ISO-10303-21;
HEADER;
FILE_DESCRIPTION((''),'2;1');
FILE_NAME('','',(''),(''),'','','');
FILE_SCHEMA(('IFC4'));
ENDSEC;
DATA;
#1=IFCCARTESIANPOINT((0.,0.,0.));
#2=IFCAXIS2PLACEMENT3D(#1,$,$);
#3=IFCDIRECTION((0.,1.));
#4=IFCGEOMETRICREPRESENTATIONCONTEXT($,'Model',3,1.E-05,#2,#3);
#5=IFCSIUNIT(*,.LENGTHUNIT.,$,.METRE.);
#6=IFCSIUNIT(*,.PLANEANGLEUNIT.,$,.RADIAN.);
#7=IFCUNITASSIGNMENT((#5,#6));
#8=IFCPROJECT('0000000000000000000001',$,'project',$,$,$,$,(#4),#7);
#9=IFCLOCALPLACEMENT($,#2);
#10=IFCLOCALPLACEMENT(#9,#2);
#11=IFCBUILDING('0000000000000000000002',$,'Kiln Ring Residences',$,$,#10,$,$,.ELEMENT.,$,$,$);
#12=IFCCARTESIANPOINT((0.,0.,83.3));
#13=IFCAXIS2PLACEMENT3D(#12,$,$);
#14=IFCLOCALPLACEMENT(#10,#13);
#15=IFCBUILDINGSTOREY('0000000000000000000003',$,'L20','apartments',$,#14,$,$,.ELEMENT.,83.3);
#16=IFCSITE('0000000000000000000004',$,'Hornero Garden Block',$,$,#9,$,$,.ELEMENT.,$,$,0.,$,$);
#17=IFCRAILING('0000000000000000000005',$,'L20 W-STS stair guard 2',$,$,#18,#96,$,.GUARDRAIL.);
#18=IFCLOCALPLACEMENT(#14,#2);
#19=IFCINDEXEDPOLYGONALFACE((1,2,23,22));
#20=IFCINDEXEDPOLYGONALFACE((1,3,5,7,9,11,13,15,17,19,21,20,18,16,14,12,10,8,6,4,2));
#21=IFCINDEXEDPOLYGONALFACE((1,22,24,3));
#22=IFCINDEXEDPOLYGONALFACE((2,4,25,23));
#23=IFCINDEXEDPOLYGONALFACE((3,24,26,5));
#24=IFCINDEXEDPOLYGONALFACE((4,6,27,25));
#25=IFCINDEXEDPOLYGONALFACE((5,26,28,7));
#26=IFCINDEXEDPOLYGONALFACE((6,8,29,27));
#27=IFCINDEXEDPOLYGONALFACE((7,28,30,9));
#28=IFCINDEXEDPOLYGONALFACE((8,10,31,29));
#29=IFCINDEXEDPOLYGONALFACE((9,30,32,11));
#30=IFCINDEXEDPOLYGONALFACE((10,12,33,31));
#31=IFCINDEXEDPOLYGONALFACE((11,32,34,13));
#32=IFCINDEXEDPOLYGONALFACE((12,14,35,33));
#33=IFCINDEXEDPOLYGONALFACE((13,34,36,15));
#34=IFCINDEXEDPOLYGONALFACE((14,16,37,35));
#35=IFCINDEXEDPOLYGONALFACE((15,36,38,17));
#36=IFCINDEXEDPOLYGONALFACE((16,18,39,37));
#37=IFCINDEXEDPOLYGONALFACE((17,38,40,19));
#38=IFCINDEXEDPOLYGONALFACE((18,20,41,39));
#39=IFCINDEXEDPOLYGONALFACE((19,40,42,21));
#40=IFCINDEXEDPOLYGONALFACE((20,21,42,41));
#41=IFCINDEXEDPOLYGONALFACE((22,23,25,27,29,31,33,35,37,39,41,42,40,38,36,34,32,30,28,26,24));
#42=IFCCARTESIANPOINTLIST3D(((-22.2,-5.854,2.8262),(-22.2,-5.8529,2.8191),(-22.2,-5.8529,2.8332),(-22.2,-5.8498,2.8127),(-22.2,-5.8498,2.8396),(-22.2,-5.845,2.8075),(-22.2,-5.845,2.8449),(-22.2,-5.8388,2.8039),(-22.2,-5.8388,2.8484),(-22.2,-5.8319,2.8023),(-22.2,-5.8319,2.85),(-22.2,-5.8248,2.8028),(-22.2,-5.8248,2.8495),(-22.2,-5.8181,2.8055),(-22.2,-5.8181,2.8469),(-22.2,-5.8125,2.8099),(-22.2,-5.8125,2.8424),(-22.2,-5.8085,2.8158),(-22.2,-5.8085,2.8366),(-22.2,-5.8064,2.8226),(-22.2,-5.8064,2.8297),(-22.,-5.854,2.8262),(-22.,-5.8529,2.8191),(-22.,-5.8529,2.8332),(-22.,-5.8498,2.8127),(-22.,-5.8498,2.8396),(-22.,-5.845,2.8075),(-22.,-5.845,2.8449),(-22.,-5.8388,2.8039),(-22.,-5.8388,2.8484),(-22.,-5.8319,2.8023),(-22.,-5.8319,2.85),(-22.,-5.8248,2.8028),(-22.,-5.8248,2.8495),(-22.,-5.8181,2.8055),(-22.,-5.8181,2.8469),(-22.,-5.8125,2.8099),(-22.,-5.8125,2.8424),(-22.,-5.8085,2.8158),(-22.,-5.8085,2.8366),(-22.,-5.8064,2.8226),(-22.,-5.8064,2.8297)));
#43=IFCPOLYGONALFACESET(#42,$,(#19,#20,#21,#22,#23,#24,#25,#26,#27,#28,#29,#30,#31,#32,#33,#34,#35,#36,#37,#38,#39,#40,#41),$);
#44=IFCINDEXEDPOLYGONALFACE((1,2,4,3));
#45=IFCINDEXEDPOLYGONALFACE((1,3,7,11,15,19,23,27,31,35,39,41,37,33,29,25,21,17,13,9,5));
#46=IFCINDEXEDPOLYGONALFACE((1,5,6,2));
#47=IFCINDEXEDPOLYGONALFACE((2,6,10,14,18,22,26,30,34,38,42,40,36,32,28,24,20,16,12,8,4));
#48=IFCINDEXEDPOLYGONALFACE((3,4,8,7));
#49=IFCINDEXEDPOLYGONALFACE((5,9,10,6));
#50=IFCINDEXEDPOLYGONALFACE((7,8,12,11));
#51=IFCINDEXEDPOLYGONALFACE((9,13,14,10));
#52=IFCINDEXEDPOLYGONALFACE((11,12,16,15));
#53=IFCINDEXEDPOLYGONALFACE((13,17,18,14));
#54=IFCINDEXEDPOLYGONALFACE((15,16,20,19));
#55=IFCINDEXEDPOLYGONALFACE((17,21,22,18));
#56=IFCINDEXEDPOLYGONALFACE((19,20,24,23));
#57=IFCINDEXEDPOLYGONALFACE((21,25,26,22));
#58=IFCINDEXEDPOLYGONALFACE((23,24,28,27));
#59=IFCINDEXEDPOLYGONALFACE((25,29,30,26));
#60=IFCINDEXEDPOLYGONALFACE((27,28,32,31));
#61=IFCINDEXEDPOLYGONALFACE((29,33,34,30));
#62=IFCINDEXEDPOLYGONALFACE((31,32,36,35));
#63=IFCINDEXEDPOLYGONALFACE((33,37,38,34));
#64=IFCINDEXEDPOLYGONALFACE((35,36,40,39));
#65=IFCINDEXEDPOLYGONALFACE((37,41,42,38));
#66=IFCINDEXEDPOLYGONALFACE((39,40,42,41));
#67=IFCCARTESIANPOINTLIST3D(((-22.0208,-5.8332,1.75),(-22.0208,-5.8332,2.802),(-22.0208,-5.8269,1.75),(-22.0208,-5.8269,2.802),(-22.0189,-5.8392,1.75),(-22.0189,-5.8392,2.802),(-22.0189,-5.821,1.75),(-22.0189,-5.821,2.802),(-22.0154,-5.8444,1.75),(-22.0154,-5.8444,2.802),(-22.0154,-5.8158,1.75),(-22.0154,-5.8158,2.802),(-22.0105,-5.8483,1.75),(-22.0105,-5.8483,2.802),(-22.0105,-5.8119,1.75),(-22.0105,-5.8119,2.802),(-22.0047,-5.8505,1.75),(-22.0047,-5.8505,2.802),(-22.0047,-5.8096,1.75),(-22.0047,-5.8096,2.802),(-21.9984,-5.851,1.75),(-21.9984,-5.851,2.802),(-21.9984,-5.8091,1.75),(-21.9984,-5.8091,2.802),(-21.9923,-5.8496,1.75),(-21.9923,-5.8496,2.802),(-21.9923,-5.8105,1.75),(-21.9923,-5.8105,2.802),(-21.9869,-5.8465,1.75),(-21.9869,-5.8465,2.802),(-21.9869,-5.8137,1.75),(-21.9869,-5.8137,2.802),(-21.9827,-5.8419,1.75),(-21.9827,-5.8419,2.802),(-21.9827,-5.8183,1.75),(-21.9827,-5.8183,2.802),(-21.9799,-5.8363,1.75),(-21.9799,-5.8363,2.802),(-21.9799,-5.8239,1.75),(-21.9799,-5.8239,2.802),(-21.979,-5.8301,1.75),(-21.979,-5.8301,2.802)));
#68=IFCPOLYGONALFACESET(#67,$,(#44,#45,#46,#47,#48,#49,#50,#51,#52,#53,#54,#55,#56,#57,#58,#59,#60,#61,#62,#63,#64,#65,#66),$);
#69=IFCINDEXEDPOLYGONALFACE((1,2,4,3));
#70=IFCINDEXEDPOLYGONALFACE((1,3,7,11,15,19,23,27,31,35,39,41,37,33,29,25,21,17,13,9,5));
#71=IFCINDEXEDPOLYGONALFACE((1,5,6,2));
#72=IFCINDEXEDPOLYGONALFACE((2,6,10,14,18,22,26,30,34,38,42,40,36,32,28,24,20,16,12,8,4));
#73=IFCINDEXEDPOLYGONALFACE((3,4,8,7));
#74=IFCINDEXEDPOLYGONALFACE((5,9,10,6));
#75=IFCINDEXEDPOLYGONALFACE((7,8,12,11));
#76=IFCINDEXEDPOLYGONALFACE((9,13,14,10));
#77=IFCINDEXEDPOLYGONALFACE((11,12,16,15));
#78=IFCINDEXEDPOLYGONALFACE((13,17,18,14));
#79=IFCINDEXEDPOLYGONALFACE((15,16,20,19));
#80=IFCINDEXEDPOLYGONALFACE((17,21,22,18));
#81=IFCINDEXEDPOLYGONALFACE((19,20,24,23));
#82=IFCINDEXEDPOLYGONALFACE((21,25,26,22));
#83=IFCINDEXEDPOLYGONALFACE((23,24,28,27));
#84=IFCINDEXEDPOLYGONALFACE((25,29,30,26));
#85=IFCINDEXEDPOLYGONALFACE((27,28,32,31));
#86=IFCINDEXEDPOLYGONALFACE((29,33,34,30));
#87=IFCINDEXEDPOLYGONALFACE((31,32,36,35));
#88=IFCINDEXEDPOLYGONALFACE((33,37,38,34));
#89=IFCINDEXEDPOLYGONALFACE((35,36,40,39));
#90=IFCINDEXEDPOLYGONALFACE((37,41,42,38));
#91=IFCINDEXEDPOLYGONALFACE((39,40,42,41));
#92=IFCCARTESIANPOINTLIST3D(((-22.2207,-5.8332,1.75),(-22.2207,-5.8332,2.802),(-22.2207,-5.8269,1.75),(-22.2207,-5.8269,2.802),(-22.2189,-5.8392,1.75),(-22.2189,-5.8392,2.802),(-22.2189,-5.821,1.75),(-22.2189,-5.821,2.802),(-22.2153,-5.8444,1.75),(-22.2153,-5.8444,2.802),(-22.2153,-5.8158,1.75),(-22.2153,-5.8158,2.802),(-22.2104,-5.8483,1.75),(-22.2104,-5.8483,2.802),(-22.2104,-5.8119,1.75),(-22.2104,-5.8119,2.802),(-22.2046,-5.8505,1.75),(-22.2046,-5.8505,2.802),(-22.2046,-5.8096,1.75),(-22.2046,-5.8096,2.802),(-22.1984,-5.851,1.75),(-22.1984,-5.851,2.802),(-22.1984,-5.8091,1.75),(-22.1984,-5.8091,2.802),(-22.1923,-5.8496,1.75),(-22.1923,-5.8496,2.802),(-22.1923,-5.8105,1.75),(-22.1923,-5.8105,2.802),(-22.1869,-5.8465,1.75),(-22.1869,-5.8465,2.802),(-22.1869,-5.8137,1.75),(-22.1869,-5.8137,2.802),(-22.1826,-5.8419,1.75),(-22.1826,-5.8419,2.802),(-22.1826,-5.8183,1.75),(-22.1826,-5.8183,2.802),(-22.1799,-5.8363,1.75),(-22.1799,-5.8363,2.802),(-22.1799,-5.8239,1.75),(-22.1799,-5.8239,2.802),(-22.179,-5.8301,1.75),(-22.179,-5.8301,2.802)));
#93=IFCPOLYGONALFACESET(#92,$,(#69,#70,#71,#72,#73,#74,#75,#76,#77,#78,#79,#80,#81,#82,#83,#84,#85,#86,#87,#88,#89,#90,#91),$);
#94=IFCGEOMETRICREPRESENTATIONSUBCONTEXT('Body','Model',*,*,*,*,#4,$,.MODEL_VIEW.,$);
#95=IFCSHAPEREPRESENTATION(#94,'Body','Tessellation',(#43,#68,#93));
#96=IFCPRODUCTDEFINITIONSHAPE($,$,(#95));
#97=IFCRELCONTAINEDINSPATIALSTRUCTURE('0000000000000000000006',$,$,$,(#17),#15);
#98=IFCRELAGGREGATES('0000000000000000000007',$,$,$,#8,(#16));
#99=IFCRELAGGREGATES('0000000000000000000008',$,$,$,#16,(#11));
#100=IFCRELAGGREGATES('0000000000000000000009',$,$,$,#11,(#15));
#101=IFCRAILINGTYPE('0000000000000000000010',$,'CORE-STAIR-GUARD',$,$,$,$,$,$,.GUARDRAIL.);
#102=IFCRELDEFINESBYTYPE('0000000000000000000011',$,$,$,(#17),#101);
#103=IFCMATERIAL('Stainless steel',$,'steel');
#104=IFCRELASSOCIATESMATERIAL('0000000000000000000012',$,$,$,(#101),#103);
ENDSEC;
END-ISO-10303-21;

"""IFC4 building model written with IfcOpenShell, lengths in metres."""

from ifc_helpers import new_model, si_unit, direction, frame, origin, origin_2d, place, context, subcontext, project, spatial, circle, extrude, material, type_object, element, save


model = new_model("IFC4")

# Units and contexts
model_context = context("Model", 3, precision=1e-05, world=origin(), true_north=direction((0.0, 1.0)))
body_context = subcontext(model_context, "Body", "Model", "MODEL_VIEW")
ifc_project = project(units=[si_unit("LENGTHUNIT", "METRE"), si_unit("PLANEANGLEUNIT", "RADIAN")], contexts=[model_context])

# Site, building, storey
site_placement = place(None, origin())
site = spatial("IfcSite", under=ifc_project, at=site_placement, Name="Hornero Garden Block", CompositionType="ELEMENT", RefElevation=0.0)
building_placement = place(site_placement, origin())
building = spatial("IfcBuilding", under=site, at=building_placement, Name="Kiln Ring Residences", CompositionType="ELEMENT")
storey_placement = place(building_placement, frame((0.0, 0.0, 83.3)))
storey = spatial("IfcBuildingStorey", under=building, at=storey_placement, Name="L20", Description="apartments", CompositionType="ELEMENT", Elevation=83.3)

# Railing
ifc_material_1 = material(Name="Stainless steel", Category="steel")
railing_type_1 = type_object("IfcRailingType", Name="CORE-STAIR-GUARD", PredefinedType="GUARDRAIL", material=ifc_material_1)
railing_1_placement = place(storey_placement, frame((-22.0, -5.8301, 1.75)))
element("IfcRailing", 1, at=railing_1_placement, inside=storey, type_object=railing_type_1, Name="L20 W-STS stair guard 2", PredefinedType="GUARDRAIL", context=body_context, shape_type="SweptSolid", body=[
    extrude(circle(Radius=0.0239, at=origin_2d()), frame((0.0, 0.0, 1.0762), z_axis=(-1.0, 0.0, 0.0), x_axis=(0.0, -1.0, 0.0)), (0.0, 0.0, 1.0), 0.2),
    extrude(circle(Radius=0.021, at=origin_2d()), origin(), (0.0, 0.0, 1.0), 1.052),
    extrude(circle(Radius=0.021, at=origin_2d()), frame((-0.2, 0.0, 0.0)), (0.0, 0.0, 1.0), 1.052),
])

save(model, "model.ifc")
